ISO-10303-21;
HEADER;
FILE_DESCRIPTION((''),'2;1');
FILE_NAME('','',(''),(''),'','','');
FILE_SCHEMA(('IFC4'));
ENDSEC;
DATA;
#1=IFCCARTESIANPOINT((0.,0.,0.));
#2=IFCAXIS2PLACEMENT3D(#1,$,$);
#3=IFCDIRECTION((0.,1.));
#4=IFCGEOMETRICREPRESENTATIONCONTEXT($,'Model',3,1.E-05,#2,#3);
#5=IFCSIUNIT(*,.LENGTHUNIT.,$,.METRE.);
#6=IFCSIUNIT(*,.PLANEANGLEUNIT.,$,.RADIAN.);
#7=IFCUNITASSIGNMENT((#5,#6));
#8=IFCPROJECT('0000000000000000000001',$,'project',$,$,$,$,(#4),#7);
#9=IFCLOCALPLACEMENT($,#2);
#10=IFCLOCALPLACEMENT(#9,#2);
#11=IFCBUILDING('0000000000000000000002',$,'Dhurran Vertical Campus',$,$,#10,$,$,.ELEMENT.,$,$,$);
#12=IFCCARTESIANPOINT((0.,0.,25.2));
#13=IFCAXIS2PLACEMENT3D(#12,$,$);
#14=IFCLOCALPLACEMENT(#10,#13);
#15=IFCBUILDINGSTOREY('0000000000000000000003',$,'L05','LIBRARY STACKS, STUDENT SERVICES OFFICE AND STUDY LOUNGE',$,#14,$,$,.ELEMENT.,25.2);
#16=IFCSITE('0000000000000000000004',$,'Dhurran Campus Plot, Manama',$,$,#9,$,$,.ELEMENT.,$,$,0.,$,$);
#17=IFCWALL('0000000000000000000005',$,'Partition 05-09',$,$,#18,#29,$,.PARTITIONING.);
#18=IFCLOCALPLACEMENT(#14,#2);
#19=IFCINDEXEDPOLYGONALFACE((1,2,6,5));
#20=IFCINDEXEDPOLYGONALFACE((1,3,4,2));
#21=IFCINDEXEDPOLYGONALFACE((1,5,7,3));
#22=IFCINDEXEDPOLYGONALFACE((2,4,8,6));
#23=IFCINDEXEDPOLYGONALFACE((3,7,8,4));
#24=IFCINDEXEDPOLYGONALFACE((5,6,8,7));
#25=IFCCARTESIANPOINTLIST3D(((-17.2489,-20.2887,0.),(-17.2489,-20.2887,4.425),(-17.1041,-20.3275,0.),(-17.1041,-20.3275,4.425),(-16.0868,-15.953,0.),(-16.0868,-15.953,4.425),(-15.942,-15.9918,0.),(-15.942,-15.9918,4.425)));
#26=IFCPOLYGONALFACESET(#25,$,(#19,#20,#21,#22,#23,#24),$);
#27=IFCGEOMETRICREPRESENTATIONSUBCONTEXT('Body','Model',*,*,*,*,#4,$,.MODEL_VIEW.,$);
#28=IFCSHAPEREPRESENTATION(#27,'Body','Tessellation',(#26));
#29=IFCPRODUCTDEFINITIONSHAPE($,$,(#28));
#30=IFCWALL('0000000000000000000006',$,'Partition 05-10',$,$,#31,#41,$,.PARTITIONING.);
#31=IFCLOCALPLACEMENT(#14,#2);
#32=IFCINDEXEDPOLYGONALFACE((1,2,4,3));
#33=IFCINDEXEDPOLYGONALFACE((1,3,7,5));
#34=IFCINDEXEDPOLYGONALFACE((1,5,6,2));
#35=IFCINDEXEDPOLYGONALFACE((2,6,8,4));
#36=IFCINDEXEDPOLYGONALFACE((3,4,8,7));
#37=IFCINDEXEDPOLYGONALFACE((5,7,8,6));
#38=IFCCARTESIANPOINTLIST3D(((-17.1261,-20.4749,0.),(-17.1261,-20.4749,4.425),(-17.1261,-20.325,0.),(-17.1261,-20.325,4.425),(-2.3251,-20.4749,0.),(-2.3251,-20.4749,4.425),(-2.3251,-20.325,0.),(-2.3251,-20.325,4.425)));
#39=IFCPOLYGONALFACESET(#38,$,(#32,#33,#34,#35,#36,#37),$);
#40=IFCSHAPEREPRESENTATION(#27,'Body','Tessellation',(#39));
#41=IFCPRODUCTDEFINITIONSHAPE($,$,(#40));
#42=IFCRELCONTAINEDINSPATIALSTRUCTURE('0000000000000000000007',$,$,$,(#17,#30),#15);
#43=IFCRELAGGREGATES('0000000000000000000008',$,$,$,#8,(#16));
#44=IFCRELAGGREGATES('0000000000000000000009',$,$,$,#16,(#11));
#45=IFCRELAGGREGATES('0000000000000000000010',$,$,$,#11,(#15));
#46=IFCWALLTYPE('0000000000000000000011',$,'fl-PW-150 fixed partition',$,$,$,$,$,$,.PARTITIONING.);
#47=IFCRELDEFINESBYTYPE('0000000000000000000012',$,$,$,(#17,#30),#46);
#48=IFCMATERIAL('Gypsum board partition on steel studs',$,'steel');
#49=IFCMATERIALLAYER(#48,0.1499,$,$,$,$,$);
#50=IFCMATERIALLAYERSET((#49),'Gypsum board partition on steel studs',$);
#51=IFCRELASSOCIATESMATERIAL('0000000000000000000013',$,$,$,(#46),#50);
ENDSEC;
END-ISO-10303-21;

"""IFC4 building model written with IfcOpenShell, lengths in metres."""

from ifc_helpers import new_model, si_unit, direction, frame, frame_2d, origin, place, context, subcontext, project, spatial, rectangle, extrude, material, layer, layer_set, type_object, element, save


model = new_model("IFC4")

# Units and contexts
model_context = context("Model", 3, precision=1e-05, world=origin(), true_north=direction((0.0, 1.0)))
body_context = subcontext(model_context, "Body", "Model", "MODEL_VIEW")
ifc_project = project(units=[si_unit("LENGTHUNIT", "METRE"), si_unit("PLANEANGLEUNIT", "RADIAN")], contexts=[model_context])

# Site, building, storey
site_placement = place(None, origin())
site = spatial("IfcSite", under=ifc_project, at=site_placement, Name="Dhurran Campus Plot, Manama", CompositionType="ELEMENT", RefElevation=0.0)
building_placement = place(site_placement, origin())
building = spatial("IfcBuilding", under=site, at=building_placement, Name="Dhurran Vertical Campus", CompositionType="ELEMENT")
storey_placement = place(building_placement, frame((0.0, 0.0, 25.2)))
storey = spatial("IfcBuildingStorey", under=building, at=storey_placement, Name="L05", Description="LIBRARY STACKS, STUDENT SERVICES OFFICE AND STUDY LOUNGE", CompositionType="ELEMENT", Elevation=25.2)

# Walls
ifc_material_1 = material(Name="Gypsum board partition on steel studs", Category="steel")
ifc_layer_1 = layer(ifc_material_1, 0.1499)
ifc_layer_set_1 = layer_set([ifc_layer_1], Name="Gypsum board partition on steel studs")
wall_type_1 = type_object("IfcWallType", Name="fl-PW-150 fixed partition", PredefinedType="PARTITIONING", material=ifc_layer_set_1)
wall_1_placement = place(storey_placement, frame((-16.0144, -15.9724, 0.0), z_axis=(0.0, 0.0, 1.0), x_axis=(-0.258895, -0.965906, 0.0)))
element("IfcWall", 1, at=wall_1_placement, inside=storey, type_object=wall_type_1, Name="Partition 05-09", PredefinedType="PARTITIONING", context=body_context, shape_type="SweptSolid", body=[
    extrude(rectangle(XDim=4.4888, YDim=0.1499, at=frame_2d((2.2444, 0.0))), origin(), (0.0, 0.0, 1.0), 4.425),
])
wall_2_placement = place(storey_placement, frame((-17.126, -20.3999, 0.0), z_axis=(0.0, 0.0, 1.0), x_axis=(1.0, 0.0, 0.0)))
element("IfcWall", 2, at=wall_2_placement, inside=storey, type_object=wall_type_1, Name="Partition 05-10", PredefinedType="PARTITIONING", context=body_context, shape_type="SweptSolid", body=[
    extrude(rectangle(XDim=14.801, YDim=0.1499, at=frame_2d((7.4004, 0.0))), origin(), (0.0, 0.0, 1.0), 4.425),
])

save(model, "model.ifc")
